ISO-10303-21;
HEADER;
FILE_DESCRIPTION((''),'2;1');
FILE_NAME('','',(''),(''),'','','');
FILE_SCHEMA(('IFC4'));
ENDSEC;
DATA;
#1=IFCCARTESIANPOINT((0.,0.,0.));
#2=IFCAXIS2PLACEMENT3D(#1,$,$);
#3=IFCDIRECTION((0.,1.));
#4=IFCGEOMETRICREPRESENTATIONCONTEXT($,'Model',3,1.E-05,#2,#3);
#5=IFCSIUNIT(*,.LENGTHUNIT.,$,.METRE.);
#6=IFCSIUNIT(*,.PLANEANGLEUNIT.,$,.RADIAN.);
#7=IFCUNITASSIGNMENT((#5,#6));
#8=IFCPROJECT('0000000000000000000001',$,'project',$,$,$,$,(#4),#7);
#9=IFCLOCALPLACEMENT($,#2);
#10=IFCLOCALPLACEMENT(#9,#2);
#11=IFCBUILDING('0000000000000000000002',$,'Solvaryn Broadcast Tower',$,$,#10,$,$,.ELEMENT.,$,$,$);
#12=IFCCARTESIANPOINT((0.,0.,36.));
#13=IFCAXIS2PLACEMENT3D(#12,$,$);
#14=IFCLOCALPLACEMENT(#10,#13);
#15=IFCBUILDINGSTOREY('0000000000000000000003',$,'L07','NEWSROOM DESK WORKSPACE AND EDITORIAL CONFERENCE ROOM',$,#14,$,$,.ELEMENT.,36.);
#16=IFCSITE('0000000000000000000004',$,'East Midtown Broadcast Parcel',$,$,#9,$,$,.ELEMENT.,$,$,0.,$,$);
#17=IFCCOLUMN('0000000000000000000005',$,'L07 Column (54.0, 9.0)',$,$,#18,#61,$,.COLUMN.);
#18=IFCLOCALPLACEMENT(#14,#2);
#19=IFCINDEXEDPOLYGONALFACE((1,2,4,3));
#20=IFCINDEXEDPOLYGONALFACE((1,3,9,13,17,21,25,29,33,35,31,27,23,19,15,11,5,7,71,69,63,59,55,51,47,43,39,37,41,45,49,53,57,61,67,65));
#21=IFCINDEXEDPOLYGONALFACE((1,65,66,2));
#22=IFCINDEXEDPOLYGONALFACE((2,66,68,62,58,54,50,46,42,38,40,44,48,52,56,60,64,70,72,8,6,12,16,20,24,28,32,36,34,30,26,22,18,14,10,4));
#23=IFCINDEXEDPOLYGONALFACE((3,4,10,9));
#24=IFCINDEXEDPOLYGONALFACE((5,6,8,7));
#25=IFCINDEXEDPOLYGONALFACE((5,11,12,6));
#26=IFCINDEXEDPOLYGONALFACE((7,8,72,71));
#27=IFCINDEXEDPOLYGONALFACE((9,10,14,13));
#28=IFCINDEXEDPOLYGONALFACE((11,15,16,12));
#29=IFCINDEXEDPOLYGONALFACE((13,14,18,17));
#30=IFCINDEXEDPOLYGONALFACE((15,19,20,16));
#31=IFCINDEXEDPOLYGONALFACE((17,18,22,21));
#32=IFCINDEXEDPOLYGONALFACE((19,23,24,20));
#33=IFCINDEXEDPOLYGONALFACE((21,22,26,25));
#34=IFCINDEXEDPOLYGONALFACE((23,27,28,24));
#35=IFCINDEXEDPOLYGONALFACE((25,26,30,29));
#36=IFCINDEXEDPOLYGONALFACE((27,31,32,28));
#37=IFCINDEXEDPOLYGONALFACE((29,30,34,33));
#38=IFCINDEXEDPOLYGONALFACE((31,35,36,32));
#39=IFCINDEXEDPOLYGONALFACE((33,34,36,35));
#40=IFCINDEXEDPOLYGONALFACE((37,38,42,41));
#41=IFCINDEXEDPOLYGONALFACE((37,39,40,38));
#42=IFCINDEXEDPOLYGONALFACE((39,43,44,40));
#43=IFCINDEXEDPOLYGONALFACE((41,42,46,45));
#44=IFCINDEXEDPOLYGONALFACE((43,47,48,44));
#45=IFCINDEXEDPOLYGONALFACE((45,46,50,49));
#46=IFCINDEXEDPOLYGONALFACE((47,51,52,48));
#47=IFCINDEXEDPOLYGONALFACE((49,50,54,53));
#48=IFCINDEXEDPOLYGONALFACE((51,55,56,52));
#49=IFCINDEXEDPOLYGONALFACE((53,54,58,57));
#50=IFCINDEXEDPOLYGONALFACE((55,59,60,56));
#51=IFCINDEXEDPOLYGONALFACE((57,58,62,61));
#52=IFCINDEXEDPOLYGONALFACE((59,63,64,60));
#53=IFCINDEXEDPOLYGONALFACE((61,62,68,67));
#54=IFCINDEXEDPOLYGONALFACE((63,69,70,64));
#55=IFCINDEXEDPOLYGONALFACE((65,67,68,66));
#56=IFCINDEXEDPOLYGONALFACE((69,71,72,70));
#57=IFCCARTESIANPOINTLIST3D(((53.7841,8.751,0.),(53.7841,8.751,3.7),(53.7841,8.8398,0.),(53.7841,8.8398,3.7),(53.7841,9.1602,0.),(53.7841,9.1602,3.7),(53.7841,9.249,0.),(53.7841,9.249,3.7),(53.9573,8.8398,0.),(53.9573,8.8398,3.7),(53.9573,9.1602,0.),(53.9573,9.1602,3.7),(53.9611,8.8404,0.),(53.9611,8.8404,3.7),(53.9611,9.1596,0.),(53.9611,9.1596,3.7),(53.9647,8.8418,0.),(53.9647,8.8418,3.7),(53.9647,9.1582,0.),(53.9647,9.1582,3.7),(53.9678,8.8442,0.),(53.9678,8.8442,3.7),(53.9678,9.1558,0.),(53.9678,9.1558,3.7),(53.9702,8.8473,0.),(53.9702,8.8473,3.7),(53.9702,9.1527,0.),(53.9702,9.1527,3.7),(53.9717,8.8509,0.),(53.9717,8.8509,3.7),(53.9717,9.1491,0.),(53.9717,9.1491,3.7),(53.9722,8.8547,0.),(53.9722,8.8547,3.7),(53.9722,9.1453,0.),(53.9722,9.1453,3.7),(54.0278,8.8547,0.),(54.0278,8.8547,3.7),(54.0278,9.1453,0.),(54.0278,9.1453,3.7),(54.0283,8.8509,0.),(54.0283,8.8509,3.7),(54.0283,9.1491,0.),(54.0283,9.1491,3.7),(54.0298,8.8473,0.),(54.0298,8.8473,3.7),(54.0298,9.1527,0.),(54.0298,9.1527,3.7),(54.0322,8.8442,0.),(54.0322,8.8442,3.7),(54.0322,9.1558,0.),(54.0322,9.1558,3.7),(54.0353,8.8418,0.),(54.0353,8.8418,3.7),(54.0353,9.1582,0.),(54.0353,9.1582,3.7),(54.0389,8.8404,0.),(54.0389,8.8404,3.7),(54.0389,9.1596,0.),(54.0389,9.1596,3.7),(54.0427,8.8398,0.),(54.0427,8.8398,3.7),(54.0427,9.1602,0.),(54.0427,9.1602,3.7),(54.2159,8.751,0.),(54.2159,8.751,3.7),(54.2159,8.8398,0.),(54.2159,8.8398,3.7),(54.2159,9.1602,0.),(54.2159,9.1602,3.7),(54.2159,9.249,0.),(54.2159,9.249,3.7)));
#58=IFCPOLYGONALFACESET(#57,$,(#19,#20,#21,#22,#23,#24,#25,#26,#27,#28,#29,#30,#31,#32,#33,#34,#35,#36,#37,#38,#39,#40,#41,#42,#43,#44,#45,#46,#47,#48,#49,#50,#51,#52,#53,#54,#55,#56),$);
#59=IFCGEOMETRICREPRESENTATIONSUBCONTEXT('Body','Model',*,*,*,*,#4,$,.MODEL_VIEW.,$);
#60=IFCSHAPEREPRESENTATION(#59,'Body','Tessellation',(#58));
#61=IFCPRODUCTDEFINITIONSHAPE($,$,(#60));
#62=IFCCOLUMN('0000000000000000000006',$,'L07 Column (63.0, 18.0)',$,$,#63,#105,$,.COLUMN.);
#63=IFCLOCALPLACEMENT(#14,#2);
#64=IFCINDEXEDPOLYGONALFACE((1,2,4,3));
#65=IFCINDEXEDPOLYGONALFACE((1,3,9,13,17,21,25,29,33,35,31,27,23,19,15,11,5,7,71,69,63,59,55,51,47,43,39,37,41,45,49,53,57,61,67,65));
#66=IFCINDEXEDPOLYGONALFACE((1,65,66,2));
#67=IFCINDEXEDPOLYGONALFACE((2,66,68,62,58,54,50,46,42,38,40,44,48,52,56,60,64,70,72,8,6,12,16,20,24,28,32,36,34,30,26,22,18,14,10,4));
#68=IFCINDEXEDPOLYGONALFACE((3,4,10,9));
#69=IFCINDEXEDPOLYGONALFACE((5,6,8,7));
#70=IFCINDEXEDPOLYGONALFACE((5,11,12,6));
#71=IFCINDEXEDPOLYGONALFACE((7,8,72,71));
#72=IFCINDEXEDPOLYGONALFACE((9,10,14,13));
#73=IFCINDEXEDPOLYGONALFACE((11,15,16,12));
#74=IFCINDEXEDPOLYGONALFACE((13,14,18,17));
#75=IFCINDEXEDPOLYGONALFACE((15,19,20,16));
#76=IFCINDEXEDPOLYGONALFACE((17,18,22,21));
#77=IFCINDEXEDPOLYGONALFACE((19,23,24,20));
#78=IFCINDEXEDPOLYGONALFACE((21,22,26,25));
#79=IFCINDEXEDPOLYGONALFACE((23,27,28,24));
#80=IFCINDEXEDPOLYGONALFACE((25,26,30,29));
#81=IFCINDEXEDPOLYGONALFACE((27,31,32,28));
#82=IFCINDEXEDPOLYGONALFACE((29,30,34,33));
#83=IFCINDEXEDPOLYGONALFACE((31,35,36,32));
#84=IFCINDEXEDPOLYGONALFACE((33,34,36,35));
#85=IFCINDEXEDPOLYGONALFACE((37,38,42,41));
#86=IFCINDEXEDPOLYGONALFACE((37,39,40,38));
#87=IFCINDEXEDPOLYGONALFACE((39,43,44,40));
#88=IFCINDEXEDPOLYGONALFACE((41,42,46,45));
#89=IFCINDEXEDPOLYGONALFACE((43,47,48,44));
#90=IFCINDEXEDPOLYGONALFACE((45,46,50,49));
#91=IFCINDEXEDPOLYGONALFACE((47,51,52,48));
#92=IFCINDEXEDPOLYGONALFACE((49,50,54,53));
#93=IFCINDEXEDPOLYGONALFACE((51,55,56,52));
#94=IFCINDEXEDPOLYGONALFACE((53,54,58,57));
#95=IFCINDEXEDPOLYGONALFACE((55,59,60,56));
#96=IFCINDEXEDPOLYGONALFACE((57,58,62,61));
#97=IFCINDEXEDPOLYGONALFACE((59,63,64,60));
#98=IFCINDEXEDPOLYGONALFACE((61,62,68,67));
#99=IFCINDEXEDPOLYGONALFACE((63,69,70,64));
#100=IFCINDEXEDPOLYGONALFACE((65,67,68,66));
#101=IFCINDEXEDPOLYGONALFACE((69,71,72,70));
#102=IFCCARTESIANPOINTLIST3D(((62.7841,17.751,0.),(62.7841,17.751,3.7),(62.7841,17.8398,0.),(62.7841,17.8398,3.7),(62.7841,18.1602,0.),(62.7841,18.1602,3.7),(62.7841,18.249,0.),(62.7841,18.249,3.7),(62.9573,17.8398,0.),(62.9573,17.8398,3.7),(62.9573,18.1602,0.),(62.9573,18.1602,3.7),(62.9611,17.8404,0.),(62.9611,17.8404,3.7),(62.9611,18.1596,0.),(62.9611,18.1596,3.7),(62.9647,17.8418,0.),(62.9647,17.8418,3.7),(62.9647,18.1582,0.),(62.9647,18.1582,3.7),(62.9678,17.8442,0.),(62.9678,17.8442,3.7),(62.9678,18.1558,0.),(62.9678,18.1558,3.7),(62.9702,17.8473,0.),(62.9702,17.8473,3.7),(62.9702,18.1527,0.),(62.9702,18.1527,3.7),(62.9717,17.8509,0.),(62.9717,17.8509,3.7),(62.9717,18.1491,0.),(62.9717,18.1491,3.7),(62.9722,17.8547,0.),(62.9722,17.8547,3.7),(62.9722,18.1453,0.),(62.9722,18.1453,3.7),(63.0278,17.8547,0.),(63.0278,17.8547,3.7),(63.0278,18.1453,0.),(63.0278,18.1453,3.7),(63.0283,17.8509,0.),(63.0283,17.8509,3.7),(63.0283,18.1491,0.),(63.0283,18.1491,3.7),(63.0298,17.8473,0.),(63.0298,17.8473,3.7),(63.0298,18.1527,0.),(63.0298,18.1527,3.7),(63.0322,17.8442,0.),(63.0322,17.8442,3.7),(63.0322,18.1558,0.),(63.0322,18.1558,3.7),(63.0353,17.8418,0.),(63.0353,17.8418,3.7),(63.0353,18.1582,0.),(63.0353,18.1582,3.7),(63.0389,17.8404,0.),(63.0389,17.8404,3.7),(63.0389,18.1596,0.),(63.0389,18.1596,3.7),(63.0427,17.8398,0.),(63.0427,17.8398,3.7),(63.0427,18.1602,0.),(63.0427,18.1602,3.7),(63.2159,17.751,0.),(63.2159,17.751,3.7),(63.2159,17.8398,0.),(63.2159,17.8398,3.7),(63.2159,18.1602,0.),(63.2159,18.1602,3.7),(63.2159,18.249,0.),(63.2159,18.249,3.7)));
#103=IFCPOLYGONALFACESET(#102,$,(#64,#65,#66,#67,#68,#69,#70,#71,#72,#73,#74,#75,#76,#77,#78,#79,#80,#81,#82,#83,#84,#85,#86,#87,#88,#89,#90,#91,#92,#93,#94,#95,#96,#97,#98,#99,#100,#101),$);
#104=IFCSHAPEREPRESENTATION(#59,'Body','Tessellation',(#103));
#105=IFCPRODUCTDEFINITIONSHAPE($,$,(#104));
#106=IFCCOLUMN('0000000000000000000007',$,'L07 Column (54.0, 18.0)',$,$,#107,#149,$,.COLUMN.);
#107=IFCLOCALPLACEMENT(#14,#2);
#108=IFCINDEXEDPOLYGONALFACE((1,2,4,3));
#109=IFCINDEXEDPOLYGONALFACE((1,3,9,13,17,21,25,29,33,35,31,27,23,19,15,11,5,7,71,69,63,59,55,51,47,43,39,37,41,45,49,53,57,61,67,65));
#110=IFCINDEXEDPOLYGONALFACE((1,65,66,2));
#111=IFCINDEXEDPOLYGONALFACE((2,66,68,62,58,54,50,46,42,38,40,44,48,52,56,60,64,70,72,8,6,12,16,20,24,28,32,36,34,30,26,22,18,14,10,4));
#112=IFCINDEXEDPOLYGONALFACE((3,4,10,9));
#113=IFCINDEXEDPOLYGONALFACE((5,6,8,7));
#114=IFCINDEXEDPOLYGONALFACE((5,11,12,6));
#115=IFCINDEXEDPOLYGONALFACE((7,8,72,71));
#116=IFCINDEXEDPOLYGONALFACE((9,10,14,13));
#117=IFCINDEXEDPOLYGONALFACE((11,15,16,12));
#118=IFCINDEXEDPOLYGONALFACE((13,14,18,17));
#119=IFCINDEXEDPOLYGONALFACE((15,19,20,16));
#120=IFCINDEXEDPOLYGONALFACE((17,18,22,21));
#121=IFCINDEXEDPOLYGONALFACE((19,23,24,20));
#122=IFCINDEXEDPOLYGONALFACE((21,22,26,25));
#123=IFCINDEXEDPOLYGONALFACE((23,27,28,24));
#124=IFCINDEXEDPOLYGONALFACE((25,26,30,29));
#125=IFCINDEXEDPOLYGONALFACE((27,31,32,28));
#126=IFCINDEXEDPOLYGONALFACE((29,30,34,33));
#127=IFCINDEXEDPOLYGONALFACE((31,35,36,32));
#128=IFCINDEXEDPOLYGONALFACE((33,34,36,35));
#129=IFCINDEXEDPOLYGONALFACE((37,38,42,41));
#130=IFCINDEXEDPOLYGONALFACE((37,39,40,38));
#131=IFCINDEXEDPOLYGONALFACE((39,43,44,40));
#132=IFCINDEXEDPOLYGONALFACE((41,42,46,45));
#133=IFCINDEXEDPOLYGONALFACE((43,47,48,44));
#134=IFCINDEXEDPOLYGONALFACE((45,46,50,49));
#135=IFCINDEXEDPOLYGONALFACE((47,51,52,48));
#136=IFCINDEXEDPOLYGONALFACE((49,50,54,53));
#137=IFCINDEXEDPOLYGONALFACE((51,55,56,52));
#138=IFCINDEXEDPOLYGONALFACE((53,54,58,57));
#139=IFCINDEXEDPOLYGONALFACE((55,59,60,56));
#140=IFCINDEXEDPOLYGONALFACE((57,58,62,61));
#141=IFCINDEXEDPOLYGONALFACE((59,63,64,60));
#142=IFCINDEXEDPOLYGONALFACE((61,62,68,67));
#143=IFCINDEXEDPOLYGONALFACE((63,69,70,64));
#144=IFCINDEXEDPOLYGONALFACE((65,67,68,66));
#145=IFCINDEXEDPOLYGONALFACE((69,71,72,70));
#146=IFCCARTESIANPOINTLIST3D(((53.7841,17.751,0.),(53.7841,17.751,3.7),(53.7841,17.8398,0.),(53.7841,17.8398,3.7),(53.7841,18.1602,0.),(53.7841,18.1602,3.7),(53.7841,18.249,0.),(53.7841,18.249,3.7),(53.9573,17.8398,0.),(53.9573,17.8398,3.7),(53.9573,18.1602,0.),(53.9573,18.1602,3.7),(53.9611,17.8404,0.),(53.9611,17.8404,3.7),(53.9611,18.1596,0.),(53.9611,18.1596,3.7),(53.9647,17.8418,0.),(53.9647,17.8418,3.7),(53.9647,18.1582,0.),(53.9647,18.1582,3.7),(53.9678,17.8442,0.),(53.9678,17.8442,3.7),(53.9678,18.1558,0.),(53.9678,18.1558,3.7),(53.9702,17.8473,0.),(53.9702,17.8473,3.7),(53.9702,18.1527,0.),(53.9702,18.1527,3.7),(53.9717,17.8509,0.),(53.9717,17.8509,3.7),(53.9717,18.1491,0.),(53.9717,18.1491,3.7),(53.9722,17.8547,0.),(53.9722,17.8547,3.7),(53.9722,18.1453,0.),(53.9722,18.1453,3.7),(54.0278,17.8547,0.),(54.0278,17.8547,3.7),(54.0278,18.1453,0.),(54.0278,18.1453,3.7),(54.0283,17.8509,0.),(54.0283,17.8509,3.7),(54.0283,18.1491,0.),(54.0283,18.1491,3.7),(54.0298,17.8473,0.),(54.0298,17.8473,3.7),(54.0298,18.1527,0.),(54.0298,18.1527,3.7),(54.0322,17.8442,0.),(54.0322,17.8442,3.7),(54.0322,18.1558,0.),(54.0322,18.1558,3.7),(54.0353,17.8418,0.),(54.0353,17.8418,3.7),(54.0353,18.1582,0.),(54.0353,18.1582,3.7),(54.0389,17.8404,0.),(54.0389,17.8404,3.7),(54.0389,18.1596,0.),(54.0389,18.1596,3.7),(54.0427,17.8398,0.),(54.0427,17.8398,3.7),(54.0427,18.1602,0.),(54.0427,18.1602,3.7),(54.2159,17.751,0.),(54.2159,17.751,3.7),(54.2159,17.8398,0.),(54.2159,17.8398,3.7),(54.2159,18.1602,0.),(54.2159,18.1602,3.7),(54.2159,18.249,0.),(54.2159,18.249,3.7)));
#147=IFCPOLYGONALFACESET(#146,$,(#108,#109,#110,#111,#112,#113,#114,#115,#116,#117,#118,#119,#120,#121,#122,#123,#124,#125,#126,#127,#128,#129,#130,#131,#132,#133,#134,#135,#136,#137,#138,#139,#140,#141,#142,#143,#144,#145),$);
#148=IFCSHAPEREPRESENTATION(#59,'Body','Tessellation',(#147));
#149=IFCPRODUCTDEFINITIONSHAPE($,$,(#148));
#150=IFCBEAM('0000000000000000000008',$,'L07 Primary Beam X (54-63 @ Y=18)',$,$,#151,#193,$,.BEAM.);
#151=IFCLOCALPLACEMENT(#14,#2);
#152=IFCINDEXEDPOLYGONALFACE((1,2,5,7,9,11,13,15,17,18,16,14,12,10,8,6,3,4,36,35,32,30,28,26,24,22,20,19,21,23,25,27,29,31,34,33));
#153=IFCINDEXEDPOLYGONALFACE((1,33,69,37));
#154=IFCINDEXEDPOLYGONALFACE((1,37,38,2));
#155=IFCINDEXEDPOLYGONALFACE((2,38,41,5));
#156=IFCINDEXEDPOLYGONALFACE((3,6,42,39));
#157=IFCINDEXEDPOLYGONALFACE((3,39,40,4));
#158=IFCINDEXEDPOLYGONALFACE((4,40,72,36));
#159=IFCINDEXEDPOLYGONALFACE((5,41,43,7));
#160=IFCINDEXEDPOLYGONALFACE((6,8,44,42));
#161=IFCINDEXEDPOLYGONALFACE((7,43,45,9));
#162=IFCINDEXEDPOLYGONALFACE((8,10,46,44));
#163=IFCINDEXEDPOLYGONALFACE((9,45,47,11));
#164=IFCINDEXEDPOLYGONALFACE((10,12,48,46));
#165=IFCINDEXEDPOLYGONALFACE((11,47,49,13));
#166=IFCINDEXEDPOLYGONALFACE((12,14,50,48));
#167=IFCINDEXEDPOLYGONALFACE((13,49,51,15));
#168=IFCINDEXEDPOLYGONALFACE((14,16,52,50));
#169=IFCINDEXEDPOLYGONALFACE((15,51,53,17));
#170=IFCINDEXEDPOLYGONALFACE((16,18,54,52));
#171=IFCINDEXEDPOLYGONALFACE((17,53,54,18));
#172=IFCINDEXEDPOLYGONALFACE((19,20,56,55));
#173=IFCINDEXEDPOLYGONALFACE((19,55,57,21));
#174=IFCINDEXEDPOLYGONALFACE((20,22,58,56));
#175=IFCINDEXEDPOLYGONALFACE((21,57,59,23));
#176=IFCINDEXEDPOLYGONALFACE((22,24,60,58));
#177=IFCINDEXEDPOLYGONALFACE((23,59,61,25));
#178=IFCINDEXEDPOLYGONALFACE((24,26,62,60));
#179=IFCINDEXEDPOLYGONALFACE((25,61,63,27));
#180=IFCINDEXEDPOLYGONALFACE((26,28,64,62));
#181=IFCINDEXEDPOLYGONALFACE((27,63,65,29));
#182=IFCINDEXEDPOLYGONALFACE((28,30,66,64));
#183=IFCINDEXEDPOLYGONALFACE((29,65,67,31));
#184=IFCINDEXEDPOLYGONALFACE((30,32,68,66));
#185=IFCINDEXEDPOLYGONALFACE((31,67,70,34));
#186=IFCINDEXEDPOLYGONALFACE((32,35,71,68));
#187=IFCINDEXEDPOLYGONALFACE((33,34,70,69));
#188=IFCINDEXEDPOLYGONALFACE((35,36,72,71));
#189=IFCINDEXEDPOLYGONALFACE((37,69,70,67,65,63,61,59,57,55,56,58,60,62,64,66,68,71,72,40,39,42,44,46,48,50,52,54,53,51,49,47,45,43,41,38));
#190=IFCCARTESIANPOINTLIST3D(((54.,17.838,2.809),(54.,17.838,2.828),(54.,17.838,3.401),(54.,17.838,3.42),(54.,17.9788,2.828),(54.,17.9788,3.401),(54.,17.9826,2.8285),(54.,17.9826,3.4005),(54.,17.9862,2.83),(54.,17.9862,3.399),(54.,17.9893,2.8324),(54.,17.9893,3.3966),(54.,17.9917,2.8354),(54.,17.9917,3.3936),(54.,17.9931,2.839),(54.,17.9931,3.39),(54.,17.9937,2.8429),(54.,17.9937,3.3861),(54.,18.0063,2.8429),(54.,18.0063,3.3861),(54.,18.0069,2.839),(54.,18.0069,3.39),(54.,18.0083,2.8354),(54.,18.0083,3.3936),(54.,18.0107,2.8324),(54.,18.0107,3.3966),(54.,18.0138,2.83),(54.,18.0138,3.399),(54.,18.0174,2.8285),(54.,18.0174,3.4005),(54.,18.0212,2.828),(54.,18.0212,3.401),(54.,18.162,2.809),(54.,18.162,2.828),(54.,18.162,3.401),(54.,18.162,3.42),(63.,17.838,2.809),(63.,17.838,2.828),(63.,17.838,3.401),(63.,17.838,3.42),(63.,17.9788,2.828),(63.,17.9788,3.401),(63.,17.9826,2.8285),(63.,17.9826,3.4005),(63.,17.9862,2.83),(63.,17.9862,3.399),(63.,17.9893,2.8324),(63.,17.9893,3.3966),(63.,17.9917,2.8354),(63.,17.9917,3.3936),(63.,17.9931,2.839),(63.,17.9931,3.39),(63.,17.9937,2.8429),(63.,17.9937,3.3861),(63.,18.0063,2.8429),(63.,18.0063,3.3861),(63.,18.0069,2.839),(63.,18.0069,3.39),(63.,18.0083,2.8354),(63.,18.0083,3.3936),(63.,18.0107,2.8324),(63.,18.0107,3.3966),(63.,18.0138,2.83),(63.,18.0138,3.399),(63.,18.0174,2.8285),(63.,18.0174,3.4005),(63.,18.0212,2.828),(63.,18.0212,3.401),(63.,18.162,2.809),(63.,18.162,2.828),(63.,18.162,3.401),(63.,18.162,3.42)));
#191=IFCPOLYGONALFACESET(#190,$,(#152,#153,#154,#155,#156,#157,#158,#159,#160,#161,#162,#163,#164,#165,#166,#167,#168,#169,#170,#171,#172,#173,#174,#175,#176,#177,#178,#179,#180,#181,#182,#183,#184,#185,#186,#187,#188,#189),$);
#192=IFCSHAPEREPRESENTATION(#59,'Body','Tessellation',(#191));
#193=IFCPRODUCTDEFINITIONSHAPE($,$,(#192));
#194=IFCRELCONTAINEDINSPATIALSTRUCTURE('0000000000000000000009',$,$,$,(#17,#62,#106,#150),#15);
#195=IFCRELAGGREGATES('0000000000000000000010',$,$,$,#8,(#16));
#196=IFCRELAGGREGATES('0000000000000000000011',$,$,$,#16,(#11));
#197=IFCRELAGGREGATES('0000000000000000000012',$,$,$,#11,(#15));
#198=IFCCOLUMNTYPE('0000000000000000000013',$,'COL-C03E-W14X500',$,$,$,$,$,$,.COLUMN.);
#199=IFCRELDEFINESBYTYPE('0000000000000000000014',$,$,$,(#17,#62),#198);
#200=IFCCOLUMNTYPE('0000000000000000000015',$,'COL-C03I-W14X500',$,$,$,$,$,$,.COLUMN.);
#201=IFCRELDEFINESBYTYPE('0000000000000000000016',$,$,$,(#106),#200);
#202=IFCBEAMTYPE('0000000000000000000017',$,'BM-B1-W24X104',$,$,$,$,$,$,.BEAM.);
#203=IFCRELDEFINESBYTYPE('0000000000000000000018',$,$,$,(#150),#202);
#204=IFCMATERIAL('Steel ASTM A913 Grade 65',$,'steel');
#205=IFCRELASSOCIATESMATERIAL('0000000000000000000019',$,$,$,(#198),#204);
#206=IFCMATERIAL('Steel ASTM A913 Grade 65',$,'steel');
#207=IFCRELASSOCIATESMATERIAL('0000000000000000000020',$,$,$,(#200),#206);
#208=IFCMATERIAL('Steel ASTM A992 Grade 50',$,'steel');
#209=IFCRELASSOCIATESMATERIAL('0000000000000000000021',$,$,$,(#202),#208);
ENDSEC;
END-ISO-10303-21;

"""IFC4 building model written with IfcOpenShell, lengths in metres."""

from ifc_helpers import new_model, si_unit, direction, frame, origin, origin_2d, place, context, subcontext, project, spatial, i_section, extrude, material, material_profile, profile_set, type_object, element, save


model = new_model("IFC4")

# Units and contexts
model_context = context("Model", 3, precision=1e-05, world=origin(), true_north=direction((0.0, 1.0)))
body_context = subcontext(model_context, "Body", "Model", "MODEL_VIEW")
ifc_project = project(units=[si_unit("LENGTHUNIT", "METRE"), si_unit("PLANEANGLEUNIT", "RADIAN")], contexts=[model_context])

# Site, building, storey
site_placement = place(None, origin())
site = spatial("IfcSite", under=ifc_project, at=site_placement, Name="East Midtown Broadcast Parcel", CompositionType="ELEMENT", RefElevation=0.0)
building_placement = place(site_placement, origin())
building = spatial("IfcBuilding", under=site, at=building_placement, Name="Solvaryn Broadcast Tower", CompositionType="ELEMENT")
storey_placement = place(building_placement, frame((0.0, 0.0, 36.0)))
storey = spatial("IfcBuildingStorey", under=building, at=storey_placement, Name="L07", Description="NEWSROOM DESK WORKSPACE AND EDITORIAL CONFERENCE ROOM", CompositionType="ELEMENT", Elevation=36.0)

# Columns
ifc_material_1 = material(Name="Steel ASTM A913 Grade 65", Category="steel")
ifc_material_profile_1 = material_profile(ifc_material_1, i_section(OverallWidth=0.4319, OverallDepth=0.498, WebThickness=0.0557, FlangeThickness=0.0889, FilletRadius=0.0149, at=origin_2d()))
ifc_profile_set_1 = profile_set([ifc_material_profile_1], Name="Steel ASTM A913 Grade 65")
column_type_1 = type_object("IfcColumnType", Name="COL-C03E-W14X500", PredefinedType="COLUMN", material=ifc_profile_set_1)
for number, where, z_axis, x_axis, name in (
    (1, (54.0, 9.0, 0.0), (0.0, 0.0, 1.0), (1.0, 0.0, 0.0), "L07 Column (54.0, 9.0)"),
    (2, (63.0, 18.0, 0.0), (0.0, 0.0, 1.0), (1.0, 0.0, 0.0), "L07 Column (63.0, 18.0)"),
):
    element("IfcColumn", number, at=place(storey_placement, frame(where, z_axis=z_axis, x_axis=x_axis)), inside=storey, type_object=column_type_1, Name=name, PredefinedType="COLUMN", context=body_context, shape_type="SweptSolid", body=[
        extrude(i_section(OverallWidth=0.4319, OverallDepth=0.498, WebThickness=0.0557, FlangeThickness=0.0889, FilletRadius=0.0149, at=origin_2d()), origin(), (0.0, 0.0, 1.0), 3.7),
    ])
ifc_material_2 = material(Name="Steel ASTM A913 Grade 65", Category="steel")
ifc_material_profile_2 = material_profile(ifc_material_2, i_section(OverallWidth=0.4319, OverallDepth=0.498, WebThickness=0.0557, FlangeThickness=0.0889, FilletRadius=0.0149, at=origin_2d()))
ifc_profile_set_2 = profile_set([ifc_material_profile_2], Name="Steel ASTM A913 Grade 65")
column_type_2 = type_object("IfcColumnType", Name="COL-C03I-W14X500", PredefinedType="COLUMN", material=ifc_profile_set_2)
column_placement = place(storey_placement, frame((54.0, 18.0, 0.0), z_axis=(0.0, 0.0, 1.0), x_axis=(1.0, 0.0, 0.0)))
element("IfcColumn", 3, at=column_placement, inside=storey, type_object=column_type_2, Name="L07 Column (54.0, 18.0)", PredefinedType="COLUMN", context=body_context, shape_type="SweptSolid", body=[
    extrude(i_section(OverallWidth=0.4319, OverallDepth=0.498, WebThickness=0.0557, FlangeThickness=0.0889, FilletRadius=0.0149, at=origin_2d()), origin(), (0.0, 0.0, 1.0), 3.7),
])

# Beam
ifc_material_3 = material(Name="Steel ASTM A992 Grade 50", Category="steel")
ifc_material_profile_3 = material_profile(ifc_material_3, i_section(OverallWidth=0.324, OverallDepth=0.6111, WebThickness=0.0127, FlangeThickness=0.019, FilletRadius=0.0149, at=origin_2d()))
ifc_profile_set_3 = profile_set([ifc_material_profile_3], Name="Steel ASTM A992 Grade 50")
beam_type = type_object("IfcBeamType", Name="BM-B1-W24X104", PredefinedType="BEAM", material=ifc_profile_set_3)
beam_placement = place(storey_placement, frame((54.0, 18.0, 3.1145), z_axis=(1.0, 0.0, 0.0), x_axis=(0.0, 1.0, 0.0)))
element("IfcBeam", 4, at=beam_placement, inside=storey, type_object=beam_type, Name="L07 Primary Beam X (54-63 @ Y=18)", PredefinedType="BEAM", context=body_context, shape_type="SweptSolid", body=[
    extrude(i_section(OverallWidth=0.324, OverallDepth=0.6111, WebThickness=0.0127, FlangeThickness=0.019, FilletRadius=0.0149, at=origin_2d()), origin(), (0.0, 0.0, 1.0), 9.0),
])

save(model, "model.ifc")
